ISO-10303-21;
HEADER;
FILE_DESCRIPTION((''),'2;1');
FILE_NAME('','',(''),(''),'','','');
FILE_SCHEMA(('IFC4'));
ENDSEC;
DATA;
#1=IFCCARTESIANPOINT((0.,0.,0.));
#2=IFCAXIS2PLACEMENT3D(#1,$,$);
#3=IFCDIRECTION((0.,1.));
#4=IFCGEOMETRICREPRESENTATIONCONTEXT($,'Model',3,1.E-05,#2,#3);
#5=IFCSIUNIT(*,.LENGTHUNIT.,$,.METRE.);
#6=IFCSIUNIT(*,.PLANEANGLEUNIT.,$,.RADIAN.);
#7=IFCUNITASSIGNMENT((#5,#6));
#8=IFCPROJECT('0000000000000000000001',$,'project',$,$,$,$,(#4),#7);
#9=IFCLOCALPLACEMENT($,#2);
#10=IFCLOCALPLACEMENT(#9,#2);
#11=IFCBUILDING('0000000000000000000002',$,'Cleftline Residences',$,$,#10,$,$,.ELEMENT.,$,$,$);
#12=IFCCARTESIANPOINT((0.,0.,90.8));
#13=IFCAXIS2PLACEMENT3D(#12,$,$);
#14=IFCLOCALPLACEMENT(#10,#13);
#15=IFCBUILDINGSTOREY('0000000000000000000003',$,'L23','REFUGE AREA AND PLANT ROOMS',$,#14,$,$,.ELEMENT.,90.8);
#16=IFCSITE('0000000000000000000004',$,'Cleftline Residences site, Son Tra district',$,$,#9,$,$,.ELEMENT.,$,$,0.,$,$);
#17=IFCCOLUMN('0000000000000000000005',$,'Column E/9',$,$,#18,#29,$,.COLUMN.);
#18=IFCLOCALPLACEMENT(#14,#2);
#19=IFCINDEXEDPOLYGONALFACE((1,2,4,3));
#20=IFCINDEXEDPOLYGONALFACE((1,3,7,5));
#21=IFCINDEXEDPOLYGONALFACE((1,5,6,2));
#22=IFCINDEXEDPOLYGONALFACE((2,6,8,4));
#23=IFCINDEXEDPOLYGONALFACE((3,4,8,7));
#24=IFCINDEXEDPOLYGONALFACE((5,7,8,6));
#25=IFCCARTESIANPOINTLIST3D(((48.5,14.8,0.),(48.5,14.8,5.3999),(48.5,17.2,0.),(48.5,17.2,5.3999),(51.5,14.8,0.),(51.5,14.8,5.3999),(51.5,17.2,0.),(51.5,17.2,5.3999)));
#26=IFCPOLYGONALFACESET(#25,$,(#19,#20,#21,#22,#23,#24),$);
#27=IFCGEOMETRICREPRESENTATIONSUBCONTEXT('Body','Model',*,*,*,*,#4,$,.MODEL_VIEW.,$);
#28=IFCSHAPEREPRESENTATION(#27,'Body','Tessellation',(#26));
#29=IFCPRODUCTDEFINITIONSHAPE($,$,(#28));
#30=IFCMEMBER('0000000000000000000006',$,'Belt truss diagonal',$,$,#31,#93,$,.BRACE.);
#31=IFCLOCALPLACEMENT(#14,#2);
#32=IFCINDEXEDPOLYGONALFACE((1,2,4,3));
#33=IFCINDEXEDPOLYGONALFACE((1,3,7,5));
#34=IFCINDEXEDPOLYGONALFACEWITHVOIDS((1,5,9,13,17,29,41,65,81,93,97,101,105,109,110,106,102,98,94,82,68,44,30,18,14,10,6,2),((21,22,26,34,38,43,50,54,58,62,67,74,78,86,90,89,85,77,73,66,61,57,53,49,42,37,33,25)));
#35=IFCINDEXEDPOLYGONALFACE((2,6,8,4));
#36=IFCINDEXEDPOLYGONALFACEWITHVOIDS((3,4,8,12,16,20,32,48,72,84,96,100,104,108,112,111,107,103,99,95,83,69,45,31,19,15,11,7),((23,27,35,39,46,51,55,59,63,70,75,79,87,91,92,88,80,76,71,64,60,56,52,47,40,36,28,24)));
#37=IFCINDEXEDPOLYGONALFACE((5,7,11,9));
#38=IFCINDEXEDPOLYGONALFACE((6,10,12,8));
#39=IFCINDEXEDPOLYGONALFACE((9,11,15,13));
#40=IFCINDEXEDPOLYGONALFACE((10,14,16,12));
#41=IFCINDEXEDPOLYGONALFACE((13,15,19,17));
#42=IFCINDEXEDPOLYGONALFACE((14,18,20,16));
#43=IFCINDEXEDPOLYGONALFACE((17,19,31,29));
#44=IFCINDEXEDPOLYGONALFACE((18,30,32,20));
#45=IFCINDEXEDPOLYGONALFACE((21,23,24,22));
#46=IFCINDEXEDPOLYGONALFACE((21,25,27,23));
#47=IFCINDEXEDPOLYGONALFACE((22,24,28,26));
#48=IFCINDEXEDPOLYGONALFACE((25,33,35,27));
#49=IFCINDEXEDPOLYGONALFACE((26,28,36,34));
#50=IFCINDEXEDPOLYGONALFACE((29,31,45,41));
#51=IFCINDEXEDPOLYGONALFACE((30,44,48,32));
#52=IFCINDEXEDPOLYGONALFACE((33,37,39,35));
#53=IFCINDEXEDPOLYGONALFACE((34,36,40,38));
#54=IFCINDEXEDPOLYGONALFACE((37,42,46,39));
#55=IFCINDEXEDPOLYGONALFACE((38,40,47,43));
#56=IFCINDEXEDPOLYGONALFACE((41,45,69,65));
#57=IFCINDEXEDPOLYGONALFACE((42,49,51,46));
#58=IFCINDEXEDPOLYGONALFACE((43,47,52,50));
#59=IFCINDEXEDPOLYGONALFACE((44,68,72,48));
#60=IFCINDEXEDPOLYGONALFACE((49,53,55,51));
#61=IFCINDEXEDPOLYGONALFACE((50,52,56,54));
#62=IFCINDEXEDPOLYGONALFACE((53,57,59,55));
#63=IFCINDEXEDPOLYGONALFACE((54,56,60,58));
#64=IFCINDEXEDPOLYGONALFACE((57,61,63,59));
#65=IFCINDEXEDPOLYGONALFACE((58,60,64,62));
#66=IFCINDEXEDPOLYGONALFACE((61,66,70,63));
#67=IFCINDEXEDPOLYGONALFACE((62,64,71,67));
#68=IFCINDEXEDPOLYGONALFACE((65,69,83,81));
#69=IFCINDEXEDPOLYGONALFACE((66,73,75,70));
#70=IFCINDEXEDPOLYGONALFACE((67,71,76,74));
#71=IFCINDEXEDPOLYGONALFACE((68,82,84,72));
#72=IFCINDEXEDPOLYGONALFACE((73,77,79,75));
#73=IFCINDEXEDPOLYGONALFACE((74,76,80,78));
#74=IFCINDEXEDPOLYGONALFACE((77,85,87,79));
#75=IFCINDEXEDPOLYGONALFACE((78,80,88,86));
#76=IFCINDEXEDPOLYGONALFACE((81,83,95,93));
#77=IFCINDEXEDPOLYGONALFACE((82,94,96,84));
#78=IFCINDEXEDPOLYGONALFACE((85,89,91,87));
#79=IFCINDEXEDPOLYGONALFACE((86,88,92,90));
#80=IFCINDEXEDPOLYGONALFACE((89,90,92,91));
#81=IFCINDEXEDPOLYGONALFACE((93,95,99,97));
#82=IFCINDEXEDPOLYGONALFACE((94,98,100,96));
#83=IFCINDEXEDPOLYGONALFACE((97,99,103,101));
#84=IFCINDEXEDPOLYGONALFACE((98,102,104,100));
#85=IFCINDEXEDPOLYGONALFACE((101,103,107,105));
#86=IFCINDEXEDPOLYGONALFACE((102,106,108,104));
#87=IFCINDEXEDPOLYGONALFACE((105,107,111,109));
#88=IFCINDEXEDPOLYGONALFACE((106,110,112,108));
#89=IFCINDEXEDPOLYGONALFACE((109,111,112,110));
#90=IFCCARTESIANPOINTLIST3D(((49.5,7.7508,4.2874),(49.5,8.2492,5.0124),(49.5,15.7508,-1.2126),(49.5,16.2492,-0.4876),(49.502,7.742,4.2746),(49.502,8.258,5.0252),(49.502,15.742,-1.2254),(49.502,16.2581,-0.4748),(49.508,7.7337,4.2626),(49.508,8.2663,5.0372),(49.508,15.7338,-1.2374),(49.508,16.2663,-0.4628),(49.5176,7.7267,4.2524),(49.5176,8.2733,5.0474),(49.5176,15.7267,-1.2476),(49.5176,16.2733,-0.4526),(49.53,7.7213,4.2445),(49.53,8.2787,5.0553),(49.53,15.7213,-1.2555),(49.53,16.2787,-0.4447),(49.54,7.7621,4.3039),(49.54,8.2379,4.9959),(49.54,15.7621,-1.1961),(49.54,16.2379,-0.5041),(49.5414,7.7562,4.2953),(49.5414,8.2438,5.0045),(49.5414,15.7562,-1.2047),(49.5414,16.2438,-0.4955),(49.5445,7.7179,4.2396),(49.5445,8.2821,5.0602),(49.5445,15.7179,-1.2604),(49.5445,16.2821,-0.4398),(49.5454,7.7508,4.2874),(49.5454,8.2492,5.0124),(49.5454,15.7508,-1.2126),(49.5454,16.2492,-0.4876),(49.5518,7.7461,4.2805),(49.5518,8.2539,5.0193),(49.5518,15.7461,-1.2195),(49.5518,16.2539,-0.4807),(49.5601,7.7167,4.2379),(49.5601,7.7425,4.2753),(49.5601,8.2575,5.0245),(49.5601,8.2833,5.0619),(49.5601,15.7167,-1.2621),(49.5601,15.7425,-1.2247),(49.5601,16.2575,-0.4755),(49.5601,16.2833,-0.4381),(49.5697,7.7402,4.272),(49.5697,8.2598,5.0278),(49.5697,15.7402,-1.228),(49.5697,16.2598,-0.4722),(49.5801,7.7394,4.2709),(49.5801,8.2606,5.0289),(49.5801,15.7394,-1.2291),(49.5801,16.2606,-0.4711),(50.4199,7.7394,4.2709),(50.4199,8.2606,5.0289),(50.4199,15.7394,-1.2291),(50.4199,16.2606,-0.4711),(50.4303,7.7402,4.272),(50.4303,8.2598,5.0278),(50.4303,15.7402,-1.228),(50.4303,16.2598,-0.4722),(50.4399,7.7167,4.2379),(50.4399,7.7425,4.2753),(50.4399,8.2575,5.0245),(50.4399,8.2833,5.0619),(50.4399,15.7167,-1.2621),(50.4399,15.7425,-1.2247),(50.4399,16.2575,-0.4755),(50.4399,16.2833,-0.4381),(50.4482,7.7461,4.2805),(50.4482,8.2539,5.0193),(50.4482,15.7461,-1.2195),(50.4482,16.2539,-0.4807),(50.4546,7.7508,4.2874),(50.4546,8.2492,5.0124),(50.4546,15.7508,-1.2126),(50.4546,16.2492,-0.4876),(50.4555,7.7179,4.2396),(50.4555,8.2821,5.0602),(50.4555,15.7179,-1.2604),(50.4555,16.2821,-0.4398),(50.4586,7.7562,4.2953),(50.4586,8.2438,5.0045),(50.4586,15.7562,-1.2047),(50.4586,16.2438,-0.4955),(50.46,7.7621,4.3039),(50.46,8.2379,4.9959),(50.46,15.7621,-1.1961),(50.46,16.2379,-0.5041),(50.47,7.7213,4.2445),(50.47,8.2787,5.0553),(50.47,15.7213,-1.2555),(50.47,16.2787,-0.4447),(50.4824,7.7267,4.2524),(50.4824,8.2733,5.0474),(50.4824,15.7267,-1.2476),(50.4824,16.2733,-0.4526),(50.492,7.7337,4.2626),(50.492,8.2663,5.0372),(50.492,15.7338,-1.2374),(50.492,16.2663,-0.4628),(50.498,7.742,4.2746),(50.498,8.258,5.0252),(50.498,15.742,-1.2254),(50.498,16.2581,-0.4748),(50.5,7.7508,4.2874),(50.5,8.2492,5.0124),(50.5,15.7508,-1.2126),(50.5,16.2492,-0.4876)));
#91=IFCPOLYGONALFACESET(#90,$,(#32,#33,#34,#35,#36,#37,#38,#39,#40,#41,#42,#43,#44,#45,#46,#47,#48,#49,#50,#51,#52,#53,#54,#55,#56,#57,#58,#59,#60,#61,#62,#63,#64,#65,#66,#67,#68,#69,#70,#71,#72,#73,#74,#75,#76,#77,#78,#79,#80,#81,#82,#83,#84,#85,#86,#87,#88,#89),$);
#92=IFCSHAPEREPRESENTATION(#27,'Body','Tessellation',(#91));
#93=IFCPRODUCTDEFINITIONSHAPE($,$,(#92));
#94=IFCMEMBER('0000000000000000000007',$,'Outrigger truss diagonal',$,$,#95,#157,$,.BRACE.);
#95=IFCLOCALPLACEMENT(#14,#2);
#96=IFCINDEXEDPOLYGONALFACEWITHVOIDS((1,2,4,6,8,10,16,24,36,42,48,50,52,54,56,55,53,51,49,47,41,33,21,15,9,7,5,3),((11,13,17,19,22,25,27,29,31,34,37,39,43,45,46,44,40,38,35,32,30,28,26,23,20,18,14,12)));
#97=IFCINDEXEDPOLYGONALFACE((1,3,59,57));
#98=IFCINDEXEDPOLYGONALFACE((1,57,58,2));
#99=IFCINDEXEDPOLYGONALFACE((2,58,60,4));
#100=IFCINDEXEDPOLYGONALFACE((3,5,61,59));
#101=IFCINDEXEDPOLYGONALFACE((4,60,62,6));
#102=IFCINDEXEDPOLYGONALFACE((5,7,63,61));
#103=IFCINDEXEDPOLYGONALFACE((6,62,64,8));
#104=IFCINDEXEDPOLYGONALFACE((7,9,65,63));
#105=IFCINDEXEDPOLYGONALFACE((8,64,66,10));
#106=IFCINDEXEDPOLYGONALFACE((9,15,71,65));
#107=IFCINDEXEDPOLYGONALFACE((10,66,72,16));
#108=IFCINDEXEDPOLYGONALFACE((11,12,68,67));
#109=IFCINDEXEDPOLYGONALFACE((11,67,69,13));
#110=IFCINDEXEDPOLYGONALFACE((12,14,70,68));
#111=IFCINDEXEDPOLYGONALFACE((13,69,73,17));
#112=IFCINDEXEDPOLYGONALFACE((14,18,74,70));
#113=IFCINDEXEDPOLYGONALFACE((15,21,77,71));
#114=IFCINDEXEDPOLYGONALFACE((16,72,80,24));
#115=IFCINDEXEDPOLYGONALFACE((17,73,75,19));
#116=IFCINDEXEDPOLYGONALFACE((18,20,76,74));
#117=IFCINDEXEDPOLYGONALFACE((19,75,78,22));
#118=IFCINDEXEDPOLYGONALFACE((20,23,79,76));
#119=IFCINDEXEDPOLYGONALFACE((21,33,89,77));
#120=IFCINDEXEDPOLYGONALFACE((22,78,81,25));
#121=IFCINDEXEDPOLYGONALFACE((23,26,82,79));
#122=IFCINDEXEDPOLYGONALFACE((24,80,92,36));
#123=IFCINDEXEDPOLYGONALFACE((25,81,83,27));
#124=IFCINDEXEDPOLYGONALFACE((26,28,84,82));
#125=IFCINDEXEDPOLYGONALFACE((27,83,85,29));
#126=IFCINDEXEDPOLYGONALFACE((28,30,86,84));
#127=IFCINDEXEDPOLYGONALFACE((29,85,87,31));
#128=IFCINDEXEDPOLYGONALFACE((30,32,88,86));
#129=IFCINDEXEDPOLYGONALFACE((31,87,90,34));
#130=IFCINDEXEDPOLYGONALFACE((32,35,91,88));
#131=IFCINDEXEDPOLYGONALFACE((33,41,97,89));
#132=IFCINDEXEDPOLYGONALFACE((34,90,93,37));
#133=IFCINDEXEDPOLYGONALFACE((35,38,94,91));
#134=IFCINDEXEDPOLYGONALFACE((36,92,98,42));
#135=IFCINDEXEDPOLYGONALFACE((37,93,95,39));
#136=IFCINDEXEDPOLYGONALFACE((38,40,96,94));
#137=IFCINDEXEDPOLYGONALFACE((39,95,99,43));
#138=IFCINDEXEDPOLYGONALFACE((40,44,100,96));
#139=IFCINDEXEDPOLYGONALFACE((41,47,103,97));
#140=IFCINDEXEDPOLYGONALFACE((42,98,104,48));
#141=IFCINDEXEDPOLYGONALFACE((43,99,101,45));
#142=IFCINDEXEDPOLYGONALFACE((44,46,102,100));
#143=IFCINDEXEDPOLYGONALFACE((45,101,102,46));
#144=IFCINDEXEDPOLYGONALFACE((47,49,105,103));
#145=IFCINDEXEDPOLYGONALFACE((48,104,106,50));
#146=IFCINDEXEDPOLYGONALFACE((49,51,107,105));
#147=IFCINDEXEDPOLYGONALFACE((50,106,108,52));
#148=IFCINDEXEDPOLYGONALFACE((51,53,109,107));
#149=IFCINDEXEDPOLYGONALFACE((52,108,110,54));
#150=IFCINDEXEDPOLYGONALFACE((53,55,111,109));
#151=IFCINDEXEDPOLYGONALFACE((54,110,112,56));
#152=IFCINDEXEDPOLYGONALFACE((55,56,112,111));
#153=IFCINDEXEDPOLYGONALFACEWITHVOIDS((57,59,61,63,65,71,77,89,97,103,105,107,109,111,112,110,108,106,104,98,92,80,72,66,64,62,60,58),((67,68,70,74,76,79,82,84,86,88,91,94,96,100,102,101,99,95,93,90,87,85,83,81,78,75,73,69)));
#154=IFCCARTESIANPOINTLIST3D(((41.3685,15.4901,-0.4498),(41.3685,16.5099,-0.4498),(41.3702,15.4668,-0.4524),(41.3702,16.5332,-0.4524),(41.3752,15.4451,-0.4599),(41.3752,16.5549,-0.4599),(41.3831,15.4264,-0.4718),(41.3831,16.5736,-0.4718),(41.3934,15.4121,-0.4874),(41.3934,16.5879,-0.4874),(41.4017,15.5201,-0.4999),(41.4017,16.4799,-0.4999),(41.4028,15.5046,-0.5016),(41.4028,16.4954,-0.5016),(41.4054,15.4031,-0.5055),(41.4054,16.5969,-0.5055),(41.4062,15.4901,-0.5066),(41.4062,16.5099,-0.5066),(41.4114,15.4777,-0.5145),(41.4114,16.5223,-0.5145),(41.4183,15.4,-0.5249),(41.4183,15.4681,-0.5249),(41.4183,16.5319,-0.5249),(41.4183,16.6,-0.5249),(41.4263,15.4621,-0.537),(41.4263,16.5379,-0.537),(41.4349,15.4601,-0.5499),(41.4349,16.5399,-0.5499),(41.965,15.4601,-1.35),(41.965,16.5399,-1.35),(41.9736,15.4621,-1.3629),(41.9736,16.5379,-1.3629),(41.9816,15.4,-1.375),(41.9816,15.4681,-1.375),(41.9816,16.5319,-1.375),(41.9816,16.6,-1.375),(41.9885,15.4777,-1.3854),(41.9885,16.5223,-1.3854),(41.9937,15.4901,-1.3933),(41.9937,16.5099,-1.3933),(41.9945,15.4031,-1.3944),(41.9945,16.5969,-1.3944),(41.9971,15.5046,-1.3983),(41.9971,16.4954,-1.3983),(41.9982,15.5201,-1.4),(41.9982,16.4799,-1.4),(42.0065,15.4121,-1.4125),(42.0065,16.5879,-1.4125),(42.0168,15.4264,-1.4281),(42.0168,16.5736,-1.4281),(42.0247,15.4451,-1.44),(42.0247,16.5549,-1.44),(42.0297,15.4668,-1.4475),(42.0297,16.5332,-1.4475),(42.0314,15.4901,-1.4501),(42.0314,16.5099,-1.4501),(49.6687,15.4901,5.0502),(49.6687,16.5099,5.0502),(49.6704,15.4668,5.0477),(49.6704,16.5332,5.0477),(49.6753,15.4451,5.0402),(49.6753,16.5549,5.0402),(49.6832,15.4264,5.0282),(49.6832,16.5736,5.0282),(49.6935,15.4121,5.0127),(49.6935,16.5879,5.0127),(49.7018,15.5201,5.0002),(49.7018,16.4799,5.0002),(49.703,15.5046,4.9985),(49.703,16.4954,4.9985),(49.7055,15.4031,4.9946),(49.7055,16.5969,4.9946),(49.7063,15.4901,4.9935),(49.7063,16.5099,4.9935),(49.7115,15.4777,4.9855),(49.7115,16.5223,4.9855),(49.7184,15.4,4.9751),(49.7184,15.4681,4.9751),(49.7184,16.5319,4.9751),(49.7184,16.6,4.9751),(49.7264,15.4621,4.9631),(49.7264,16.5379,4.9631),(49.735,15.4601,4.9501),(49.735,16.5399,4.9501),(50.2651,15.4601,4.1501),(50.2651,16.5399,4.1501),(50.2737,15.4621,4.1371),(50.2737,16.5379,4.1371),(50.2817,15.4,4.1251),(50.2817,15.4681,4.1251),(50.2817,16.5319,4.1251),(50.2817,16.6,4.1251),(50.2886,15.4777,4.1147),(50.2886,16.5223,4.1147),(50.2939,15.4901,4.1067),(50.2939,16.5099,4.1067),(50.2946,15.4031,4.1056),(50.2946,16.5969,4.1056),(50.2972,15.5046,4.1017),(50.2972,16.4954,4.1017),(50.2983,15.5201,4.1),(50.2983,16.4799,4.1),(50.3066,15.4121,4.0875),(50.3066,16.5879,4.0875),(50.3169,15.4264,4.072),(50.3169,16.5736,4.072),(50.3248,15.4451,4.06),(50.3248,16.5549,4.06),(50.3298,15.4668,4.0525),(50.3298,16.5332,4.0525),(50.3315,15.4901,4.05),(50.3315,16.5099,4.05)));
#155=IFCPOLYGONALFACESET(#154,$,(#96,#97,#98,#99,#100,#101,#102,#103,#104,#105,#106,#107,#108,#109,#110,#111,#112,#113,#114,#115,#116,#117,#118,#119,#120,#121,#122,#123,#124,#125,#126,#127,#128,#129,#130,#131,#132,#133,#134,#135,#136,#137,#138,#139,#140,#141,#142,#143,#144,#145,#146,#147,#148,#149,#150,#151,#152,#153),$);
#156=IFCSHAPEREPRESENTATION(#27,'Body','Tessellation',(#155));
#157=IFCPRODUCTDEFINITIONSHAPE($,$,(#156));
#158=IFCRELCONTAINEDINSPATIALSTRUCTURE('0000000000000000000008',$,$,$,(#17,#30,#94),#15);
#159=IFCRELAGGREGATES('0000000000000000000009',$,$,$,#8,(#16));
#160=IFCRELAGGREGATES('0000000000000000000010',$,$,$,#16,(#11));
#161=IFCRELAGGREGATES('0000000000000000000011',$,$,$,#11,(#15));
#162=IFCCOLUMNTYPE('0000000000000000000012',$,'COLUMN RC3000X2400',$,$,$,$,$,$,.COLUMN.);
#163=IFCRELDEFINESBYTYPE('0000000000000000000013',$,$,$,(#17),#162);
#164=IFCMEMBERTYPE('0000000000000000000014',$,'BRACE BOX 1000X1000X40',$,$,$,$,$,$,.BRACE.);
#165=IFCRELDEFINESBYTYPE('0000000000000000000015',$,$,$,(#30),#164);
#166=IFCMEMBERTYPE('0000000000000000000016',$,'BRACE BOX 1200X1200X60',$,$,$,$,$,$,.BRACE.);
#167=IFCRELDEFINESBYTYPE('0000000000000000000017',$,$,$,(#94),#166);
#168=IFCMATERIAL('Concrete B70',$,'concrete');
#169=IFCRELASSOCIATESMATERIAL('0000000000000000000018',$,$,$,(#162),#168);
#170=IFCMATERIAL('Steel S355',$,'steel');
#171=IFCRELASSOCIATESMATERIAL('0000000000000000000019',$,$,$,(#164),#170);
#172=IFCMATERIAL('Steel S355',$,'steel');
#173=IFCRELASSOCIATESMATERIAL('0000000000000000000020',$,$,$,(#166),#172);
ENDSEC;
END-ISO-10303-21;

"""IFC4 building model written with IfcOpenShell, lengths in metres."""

from ifc_helpers import new_model, si_unit, direction, frame, origin, origin_2d, place, context, subcontext, project, spatial, rectangle, hollow_rectangle, extrude, material, material_profile, profile_set, type_object, element, save


model = new_model("IFC4")

# Units and contexts
model_context = context("Model", 3, precision=1e-05, world=origin(), true_north=direction((0.0, 1.0)))
body_context = subcontext(model_context, "Body", "Model", "MODEL_VIEW")
ifc_project = project(units=[si_unit("LENGTHUNIT", "METRE"), si_unit("PLANEANGLEUNIT", "RADIAN")], contexts=[model_context])

# Site, building, storey
site_placement = place(None, origin())
site = spatial("IfcSite", under=ifc_project, at=site_placement, Name="Cleftline Residences site, Son Tra district", CompositionType="ELEMENT", RefElevation=0.0)
building_placement = place(site_placement, origin())
building = spatial("IfcBuilding", under=site, at=building_placement, Name="Cleftline Residences", CompositionType="ELEMENT")
storey_placement = place(building_placement, frame((0.0, 0.0, 90.8)))
storey = spatial("IfcBuildingStorey", under=building, at=storey_placement, Name="L23", Description="REFUGE AREA AND PLANT ROOMS", CompositionType="ELEMENT", Elevation=90.8)

# Column
ifc_material_1 = material(Name="Concrete B70", Category="concrete")
ifc_material_profile_1 = material_profile(ifc_material_1, rectangle(XDim=3.0, YDim=2.3999, at=origin_2d()))
ifc_profile_set_1 = profile_set([ifc_material_profile_1], Name="Concrete B70")
column_type = type_object("IfcColumnType", Name="COLUMN RC3000X2400", PredefinedType="COLUMN", material=ifc_profile_set_1)
column_placement = place(storey_placement, frame((50.0, 16.0, 0.0), z_axis=(0.0, 0.0, 1.0), x_axis=(1.0, 0.0, 0.0)))
element("IfcColumn", 1, at=column_placement, inside=storey, type_object=column_type, Name="Column E/9", PredefinedType="COLUMN", context=body_context, shape_type="SweptSolid", body=[
    extrude(rectangle(XDim=3.0, YDim=2.3999, at=origin_2d()), origin(), (0.0, 0.0, 1.0), 5.3999),
])

# Members
ifc_material_2 = material(Name="Steel S355", Category="steel")
ifc_material_profile_2 = material_profile(ifc_material_2, hollow_rectangle(XDim=1.0, YDim=1.0, WallThickness=0.04, InnerFilletRadius=0.04, OuterFilletRadius=0.0601, at=origin_2d()))
ifc_profile_set_2 = profile_set([ifc_material_profile_2], Name="Steel S355")
member_type_1 = type_object("IfcMemberType", Name="BRACE BOX 1000X1000X40", PredefinedType="BRACE", material=ifc_profile_set_2)
member_1_placement = place(storey_placement, frame((50.0, 8.0, 4.6499), z_axis=(0.0, 0.824042, -0.566529), x_axis=(0.0, 0.566529, 0.824042)))
element("IfcMember", 2, at=member_1_placement, inside=storey, type_object=member_type_1, Name="Belt truss diagonal", PredefinedType="BRACE", context=body_context, shape_type="SweptSolid", body=[
    extrude(hollow_rectangle(XDim=1.0, YDim=1.0, WallThickness=0.04, InnerFilletRadius=0.04, OuterFilletRadius=0.0601, at=origin_2d()), origin(), (0.0, 0.0, 1.0), 9.7083),
])
ifc_material_3 = material(Name="Steel S355", Category="steel")
ifc_material_profile_3 = material_profile(ifc_material_3, hollow_rectangle(XDim=1.2, YDim=1.2, WallThickness=0.0601, InnerFilletRadius=0.0601, OuterFilletRadius=0.0901, at=origin_2d()))
ifc_profile_set_3 = profile_set([ifc_material_profile_3], Name="Steel S355")
member_type_2 = type_object("IfcMemberType", Name="BRACE BOX 1200X1200X60", PredefinedType="BRACE", material=ifc_profile_set_3)
member_2_placement = place(storey_placement, frame((41.7, 16.0, -0.95), z_axis=(0.833594, 0.0, 0.552378), x_axis=(-0.552378, 0.0, 0.833594)))
element("IfcMember", 3, at=member_2_placement, inside=storey, type_object=member_type_2, Name="Outrigger truss diagonal", PredefinedType="BRACE", context=body_context, shape_type="SweptSolid", body=[
    extrude(hollow_rectangle(XDim=1.2, YDim=1.2, WallThickness=0.0601, InnerFilletRadius=0.0601, OuterFilletRadius=0.0901, at=origin_2d()), origin(), (0.0, 0.0, 1.0), 9.957),
])

save(model, "model.ifc")
